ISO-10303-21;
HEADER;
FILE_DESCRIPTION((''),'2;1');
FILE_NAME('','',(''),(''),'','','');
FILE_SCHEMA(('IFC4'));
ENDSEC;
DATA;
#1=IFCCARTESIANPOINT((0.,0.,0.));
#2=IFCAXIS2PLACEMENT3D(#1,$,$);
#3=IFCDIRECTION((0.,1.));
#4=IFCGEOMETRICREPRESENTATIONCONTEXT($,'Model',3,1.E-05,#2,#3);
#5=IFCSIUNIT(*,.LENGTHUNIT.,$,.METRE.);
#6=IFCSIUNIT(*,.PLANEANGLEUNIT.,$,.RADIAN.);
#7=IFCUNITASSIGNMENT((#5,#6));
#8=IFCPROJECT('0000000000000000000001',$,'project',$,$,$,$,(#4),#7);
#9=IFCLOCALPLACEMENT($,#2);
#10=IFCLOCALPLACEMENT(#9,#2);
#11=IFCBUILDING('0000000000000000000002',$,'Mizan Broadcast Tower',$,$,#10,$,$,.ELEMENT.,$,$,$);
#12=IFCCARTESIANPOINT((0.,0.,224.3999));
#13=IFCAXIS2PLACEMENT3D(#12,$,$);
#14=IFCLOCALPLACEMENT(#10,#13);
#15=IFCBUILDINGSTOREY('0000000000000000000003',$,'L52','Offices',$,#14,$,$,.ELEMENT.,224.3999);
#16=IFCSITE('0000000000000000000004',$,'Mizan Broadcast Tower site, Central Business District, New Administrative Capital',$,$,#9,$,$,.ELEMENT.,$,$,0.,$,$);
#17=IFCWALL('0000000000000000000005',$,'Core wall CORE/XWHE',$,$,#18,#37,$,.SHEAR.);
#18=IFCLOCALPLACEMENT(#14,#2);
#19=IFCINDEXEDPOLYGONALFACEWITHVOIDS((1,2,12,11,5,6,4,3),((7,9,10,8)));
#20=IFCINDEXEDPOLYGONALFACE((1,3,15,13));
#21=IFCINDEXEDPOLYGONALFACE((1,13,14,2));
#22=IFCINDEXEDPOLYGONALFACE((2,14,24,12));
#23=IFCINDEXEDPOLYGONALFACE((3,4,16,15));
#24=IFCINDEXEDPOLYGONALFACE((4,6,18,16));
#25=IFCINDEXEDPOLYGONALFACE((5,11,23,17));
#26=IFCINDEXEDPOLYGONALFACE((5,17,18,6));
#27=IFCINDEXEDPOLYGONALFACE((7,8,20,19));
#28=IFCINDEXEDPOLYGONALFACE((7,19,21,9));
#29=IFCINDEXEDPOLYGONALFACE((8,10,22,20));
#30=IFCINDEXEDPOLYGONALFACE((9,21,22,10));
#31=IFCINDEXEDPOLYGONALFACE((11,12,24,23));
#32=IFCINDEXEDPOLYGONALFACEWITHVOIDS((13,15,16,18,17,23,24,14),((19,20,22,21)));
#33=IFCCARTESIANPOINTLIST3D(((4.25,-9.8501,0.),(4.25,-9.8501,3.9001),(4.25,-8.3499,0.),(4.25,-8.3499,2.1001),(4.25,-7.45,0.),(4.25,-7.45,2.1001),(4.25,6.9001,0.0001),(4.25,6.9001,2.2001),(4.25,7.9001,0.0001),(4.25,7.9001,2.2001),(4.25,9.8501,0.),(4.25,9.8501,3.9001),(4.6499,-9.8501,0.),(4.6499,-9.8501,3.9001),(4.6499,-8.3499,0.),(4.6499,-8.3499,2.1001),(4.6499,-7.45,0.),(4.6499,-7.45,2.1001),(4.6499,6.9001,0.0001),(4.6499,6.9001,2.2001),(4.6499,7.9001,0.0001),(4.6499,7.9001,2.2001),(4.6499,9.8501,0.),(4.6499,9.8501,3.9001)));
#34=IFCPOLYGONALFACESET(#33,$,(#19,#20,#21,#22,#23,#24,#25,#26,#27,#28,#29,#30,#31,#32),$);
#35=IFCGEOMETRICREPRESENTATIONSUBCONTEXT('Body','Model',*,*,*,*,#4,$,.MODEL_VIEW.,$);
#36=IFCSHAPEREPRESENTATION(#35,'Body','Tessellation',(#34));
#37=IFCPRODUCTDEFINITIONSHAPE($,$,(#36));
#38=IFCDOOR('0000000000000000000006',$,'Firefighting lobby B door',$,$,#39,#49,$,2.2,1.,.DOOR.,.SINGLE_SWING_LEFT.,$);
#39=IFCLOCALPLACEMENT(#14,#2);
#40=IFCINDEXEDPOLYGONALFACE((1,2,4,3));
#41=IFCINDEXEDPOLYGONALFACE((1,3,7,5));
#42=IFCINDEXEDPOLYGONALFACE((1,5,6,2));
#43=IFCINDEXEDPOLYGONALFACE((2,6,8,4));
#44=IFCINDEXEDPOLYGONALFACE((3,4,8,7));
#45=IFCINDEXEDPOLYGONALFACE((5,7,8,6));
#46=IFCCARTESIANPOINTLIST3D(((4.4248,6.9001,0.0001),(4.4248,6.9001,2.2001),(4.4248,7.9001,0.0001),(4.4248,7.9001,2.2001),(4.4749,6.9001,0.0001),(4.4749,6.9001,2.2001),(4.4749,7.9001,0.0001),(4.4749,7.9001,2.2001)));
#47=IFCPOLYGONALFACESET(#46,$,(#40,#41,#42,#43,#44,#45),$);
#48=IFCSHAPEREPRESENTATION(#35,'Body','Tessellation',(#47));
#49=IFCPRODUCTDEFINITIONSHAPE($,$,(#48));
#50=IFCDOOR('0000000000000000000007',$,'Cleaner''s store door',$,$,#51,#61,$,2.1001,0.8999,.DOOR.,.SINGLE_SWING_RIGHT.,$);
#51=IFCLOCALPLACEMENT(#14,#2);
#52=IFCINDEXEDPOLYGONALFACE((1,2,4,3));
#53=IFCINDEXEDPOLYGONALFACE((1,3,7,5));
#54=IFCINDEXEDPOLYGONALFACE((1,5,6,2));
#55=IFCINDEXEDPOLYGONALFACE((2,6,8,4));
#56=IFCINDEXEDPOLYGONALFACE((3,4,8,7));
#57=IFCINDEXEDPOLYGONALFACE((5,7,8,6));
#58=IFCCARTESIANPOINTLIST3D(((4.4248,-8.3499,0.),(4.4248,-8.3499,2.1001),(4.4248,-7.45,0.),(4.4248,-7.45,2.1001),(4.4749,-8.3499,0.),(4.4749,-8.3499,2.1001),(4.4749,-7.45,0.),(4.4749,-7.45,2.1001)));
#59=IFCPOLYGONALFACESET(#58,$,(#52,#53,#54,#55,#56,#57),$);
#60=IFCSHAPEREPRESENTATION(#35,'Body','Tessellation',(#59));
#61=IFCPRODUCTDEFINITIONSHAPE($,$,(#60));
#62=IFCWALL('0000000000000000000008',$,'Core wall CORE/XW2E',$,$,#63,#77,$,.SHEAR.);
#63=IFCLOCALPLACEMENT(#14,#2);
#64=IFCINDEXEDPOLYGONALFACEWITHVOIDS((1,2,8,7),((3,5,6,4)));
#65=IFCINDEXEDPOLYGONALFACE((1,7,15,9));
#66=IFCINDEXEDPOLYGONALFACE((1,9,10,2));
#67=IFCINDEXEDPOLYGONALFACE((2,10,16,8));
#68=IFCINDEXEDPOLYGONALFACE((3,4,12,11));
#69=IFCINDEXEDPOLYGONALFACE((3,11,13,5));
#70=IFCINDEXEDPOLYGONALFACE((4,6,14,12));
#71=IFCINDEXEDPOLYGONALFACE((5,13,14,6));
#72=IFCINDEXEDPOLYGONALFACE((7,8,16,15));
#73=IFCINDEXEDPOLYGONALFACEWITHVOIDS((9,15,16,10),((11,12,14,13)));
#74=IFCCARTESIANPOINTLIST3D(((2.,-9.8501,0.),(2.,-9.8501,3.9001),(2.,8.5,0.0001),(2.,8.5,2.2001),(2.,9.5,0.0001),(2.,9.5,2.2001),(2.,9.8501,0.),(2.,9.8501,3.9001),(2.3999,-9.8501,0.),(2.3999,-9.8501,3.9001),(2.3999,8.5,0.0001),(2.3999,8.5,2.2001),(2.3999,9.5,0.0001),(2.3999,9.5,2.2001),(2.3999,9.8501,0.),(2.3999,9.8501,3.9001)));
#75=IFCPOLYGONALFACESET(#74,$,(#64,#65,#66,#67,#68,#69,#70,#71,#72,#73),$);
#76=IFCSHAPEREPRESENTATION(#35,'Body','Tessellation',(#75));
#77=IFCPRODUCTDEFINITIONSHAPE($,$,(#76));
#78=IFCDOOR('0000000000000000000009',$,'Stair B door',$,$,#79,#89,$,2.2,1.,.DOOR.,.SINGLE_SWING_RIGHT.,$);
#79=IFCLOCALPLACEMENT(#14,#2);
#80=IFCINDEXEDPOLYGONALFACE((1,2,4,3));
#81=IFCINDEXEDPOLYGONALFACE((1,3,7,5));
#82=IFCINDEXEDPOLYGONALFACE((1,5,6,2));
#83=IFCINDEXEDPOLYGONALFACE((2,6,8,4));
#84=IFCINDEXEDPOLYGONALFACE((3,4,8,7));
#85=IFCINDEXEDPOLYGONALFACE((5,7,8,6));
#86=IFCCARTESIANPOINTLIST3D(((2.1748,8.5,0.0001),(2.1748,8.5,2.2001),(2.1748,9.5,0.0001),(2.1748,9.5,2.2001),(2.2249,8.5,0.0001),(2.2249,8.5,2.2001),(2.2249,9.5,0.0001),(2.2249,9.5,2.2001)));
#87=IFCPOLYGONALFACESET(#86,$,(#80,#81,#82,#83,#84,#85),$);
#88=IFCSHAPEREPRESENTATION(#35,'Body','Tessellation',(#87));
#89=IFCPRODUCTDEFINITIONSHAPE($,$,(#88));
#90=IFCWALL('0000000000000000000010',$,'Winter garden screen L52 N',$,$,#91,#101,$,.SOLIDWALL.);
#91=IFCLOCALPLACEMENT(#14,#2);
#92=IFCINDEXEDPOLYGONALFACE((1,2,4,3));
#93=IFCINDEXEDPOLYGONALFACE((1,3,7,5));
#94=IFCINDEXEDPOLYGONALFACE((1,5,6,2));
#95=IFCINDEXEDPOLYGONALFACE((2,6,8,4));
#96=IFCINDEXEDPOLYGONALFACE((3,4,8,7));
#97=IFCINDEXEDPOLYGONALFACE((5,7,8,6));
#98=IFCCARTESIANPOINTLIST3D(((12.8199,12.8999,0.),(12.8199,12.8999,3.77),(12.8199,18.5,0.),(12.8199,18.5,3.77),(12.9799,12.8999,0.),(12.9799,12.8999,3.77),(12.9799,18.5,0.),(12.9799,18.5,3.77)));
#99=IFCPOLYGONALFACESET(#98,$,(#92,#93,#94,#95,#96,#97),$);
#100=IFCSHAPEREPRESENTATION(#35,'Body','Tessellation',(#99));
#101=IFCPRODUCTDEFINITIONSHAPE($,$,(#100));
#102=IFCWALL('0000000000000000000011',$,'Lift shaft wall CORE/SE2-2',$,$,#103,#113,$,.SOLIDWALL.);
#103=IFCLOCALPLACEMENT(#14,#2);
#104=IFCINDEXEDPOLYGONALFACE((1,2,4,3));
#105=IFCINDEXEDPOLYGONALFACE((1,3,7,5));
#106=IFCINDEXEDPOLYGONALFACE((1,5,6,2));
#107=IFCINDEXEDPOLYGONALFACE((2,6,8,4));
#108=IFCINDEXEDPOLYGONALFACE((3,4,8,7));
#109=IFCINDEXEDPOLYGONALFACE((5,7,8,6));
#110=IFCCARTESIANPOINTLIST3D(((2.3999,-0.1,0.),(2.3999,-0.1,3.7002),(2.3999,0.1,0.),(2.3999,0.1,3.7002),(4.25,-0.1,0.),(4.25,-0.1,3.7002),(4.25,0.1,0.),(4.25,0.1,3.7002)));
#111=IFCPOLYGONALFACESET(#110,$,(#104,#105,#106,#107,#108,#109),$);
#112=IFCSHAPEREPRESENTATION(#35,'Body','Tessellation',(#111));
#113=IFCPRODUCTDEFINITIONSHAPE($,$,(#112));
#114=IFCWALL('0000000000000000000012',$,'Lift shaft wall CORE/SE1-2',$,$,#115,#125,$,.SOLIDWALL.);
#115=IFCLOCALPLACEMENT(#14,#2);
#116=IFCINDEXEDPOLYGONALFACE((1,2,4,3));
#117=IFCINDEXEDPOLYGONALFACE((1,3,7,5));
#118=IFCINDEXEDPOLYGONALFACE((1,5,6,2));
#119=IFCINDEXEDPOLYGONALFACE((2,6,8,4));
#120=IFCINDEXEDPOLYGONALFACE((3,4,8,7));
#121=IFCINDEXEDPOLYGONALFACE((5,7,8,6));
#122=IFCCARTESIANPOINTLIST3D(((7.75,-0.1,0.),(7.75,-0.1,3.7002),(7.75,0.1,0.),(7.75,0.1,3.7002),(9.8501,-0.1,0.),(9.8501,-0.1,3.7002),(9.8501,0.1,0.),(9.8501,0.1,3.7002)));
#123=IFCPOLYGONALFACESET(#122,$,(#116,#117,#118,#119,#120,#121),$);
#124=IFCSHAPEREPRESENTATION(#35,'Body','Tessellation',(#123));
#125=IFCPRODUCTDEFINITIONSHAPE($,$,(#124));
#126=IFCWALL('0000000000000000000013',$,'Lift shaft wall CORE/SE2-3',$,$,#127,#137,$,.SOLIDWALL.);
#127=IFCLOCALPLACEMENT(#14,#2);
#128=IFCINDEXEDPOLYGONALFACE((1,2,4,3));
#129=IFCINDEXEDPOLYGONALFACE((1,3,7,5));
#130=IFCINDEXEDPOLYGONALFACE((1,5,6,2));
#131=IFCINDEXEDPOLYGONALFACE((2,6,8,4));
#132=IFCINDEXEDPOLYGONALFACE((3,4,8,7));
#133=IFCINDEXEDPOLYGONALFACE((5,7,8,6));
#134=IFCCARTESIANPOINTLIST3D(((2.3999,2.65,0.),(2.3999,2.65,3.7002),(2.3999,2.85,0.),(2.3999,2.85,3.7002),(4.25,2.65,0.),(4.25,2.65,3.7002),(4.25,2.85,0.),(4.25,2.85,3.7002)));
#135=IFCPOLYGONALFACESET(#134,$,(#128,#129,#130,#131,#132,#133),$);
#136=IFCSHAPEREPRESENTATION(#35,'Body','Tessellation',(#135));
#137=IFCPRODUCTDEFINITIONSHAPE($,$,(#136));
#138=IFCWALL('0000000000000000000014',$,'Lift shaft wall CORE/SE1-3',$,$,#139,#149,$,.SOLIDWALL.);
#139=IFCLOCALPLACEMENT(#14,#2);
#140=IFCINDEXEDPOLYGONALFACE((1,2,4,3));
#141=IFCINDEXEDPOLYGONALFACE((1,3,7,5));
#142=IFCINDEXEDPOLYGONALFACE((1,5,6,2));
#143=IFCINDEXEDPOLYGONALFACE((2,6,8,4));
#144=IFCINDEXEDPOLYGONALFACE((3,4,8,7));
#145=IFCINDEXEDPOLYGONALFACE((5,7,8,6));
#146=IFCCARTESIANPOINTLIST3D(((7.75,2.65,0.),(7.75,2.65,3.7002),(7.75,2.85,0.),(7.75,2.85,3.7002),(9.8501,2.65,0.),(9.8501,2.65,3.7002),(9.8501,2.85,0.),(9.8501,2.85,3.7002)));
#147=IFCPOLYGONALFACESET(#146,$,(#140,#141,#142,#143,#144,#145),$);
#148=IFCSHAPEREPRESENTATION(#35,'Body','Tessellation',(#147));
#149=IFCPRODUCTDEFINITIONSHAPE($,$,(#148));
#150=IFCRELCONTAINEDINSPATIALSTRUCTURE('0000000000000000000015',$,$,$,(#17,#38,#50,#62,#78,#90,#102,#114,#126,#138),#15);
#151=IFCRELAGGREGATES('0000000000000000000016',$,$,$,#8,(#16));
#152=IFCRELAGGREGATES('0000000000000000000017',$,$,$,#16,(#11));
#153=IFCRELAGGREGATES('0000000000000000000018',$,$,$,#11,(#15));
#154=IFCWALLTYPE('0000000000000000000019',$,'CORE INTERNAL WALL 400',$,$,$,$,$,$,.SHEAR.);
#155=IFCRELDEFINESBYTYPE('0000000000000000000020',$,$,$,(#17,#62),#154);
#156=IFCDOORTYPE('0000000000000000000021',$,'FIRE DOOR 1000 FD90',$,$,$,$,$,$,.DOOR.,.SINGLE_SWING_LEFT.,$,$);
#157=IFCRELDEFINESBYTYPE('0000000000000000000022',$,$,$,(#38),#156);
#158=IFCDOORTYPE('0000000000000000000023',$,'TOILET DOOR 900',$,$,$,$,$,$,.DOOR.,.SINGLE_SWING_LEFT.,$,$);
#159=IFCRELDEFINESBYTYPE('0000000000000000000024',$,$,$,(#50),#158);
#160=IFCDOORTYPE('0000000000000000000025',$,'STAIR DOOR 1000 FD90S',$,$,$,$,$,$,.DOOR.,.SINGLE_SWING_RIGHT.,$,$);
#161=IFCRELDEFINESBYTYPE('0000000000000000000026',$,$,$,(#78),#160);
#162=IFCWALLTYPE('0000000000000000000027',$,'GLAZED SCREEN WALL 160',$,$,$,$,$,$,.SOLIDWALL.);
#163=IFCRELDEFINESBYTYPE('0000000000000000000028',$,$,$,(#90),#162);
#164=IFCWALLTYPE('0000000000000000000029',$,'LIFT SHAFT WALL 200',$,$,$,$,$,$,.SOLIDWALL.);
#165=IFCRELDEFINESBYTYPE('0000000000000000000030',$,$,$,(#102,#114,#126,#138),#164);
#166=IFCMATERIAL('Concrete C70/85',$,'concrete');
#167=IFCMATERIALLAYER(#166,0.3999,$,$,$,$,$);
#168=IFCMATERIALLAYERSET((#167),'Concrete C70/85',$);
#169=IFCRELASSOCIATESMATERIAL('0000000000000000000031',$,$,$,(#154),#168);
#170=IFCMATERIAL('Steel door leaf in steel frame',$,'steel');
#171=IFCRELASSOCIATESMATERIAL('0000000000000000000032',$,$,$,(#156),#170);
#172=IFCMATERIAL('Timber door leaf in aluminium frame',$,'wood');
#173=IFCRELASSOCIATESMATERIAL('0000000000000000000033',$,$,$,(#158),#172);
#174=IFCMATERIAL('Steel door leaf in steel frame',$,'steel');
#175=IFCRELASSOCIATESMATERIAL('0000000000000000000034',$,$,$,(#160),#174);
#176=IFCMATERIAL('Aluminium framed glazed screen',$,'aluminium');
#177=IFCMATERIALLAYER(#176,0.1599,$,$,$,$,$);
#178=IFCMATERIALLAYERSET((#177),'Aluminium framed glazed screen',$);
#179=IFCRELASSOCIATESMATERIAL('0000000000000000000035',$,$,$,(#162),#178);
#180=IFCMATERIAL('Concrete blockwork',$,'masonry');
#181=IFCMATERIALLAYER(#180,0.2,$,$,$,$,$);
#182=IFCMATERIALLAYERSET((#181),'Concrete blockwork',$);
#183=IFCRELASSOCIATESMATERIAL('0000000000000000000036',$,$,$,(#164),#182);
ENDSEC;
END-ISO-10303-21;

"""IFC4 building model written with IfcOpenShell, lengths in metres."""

from ifc_helpers import new_model, si_unit, direction, frame, frame_2d, origin, place, context, subcontext, project, spatial, rectangle, extrude, material, layer, layer_set, type_object, element, fill, save


model = new_model("IFC4")

# Units and contexts
model_context = context("Model", 3, precision=1e-05, world=origin(), true_north=direction((0.0, 1.0)))
body_context = subcontext(model_context, "Body", "Model", "MODEL_VIEW")
ifc_project = project(units=[si_unit("LENGTHUNIT", "METRE"), si_unit("PLANEANGLEUNIT", "RADIAN")], contexts=[model_context])

# Site, building, storey
site_placement = place(None, origin())
site = spatial("IfcSite", under=ifc_project, at=site_placement, Name="Mizan Broadcast Tower site, Central Business District, New Administrative Capital", CompositionType="ELEMENT", RefElevation=0.0)
building_placement = place(site_placement, origin())
building = spatial("IfcBuilding", under=site, at=building_placement, Name="Mizan Broadcast Tower", CompositionType="ELEMENT")
storey_placement = place(building_placement, frame((0.0, 0.0, 224.3999)))
storey = spatial("IfcBuildingStorey", under=building, at=storey_placement, Name="L52", Description="Offices", CompositionType="ELEMENT", Elevation=224.3999)

# Wall, openings, doors
ifc_material_1 = material(Name="Concrete C70/85", Category="concrete")
ifc_layer_1 = layer(ifc_material_1, 0.3999)
ifc_layer_set_1 = layer_set([ifc_layer_1], Name="Concrete C70/85")
wall_type_1 = type_object("IfcWallType", Name="CORE INTERNAL WALL 400", PredefinedType="SHEAR", material=ifc_layer_set_1)
ifc_material_2 = material(Name="Steel door leaf in steel frame", Category="steel")
door_type_1 = type_object("IfcDoorType", Name="FIRE DOOR 1000 FD90", OperationType="SINGLE_SWING_LEFT", PredefinedType="DOOR", material=ifc_material_2)
ifc_material_3 = material(Name="Timber door leaf in aluminium frame", Category="wood")
door_type_2 = type_object("IfcDoorType", Name="TOILET DOOR 900", OperationType="SINGLE_SWING_LEFT", PredefinedType="DOOR", material=ifc_material_3)
wall_1_placement = place(storey_placement, frame((4.45, 9.8501, 0.0), z_axis=(0.0, 0.0, 1.0), x_axis=(0.0, -1.0, 0.0)))
wall_1 = element("IfcWall", 1, at=wall_1_placement, inside=storey, type_object=wall_type_1, Name="Core wall CORE/XWHE", PredefinedType="SHEAR", context=body_context, shape_type="SweptSolid", body=[
    extrude(rectangle(XDim=19.7002, YDim=0.3999, at=frame_2d((9.8501, 0.0))), origin(), (0.0, 0.0, 1.0), 3.9001),
])
opening_1_placement = place(wall_1_placement, frame((1.95, 0.0, 0.0)))
opening_1 = element("IfcOpeningElement", 2, at=opening_1_placement, cuts=wall_1, PredefinedType="OPENING", context=body_context, shape_type="SweptSolid", body=[
    extrude(rectangle(XDim=1.0, YDim=2.2, at=frame_2d((0.5, 1.1001))), frame((0.0, 0.21, 0.0), z_axis=(0.0, -1.0, 0.0), x_axis=(1.0, 0.0, 0.0)), (0.0, 0.0, 1.0), 0.4199),
])
opening_2_placement = place(wall_1_placement, frame((17.3, 0.0, 0.0)))
opening_2 = element("IfcOpeningElement", 3, at=opening_2_placement, cuts=wall_1, PredefinedType="OPENING", context=body_context, shape_type="SweptSolid", body=[
    extrude(rectangle(XDim=0.8999, YDim=2.1001, at=frame_2d((0.45, 1.05))), frame((0.0, 0.21, 0.0), z_axis=(0.0, -1.0, 0.0), x_axis=(1.0, 0.0, 0.0)), (0.0, 0.0, 1.0), 0.4199),
])
door_1_placement = place(opening_1_placement, origin())
door_1 = element("IfcDoor", 4, at=door_1_placement, inside=storey, type_object=door_type_1, Name="Firefighting lobby B door", OperationType="SINGLE_SWING_LEFT", OverallHeight=2.2, OverallWidth=1.0, PredefinedType="DOOR", context=body_context, shape_type="SweptSolid", body=[
    extrude(rectangle(XDim=1.0, YDim=2.2, at=frame_2d((0.5, 1.1001))), frame((0.0, 0.0249, 0.0), z_axis=(0.0, -1.0, 0.0), x_axis=(1.0, 0.0, 0.0)), (0.0, 0.0, 1.0), 0.05),
])
fill(opening_1, door_1)
door_2_placement = place(opening_2_placement, origin())
door_2 = element("IfcDoor", 5, at=door_2_placement, inside=storey, type_object=door_type_2, Name="Cleaner's store door", OperationType="SINGLE_SWING_RIGHT", OverallHeight=2.1001, OverallWidth=0.8999, PredefinedType="DOOR", context=body_context, shape_type="SweptSolid", body=[
    extrude(rectangle(XDim=0.8999, YDim=2.1001, at=frame_2d((0.45, 1.05))), frame((0.0, 0.0249, 0.0), z_axis=(0.0, -1.0, 0.0), x_axis=(1.0, 0.0, 0.0)), (0.0, 0.0, 1.0), 0.05),
])
fill(opening_2, door_2)

# Wall, opening, door
wall_2_placement = place(storey_placement, frame((2.2, 9.8501, 0.0), z_axis=(0.0, 0.0, 1.0), x_axis=(0.0, -1.0, 0.0)))
wall_2 = element("IfcWall", 6, at=wall_2_placement, inside=storey, type_object=wall_type_1, Name="Core wall CORE/XW2E", PredefinedType="SHEAR", context=body_context, shape_type="SweptSolid", body=[
    extrude(rectangle(XDim=19.7002, YDim=0.3999, at=frame_2d((9.8501, 0.0))), origin(), (0.0, 0.0, 1.0), 3.9001),
])
opening_3_placement = place(wall_2_placement, frame((0.3501, 0.0, 0.0)))
opening_3 = element("IfcOpeningElement", 7, at=opening_3_placement, cuts=wall_2, PredefinedType="OPENING", context=body_context, shape_type="SweptSolid", body=[
    extrude(rectangle(XDim=1.0, YDim=2.2, at=frame_2d((0.5, 1.1001))), frame((0.0, 0.21, 0.0), z_axis=(0.0, -1.0, 0.0), x_axis=(1.0, 0.0, 0.0)), (0.0, 0.0, 1.0), 0.4199),
])
ifc_material_4 = material(Name="Steel door leaf in steel frame", Category="steel")
door_type_3 = type_object("IfcDoorType", Name="STAIR DOOR 1000 FD90S", OperationType="SINGLE_SWING_RIGHT", PredefinedType="DOOR", material=ifc_material_4)
door_3_placement = place(opening_3_placement, origin())
door_3 = element("IfcDoor", 8, at=door_3_placement, inside=storey, type_object=door_type_3, Name="Stair B door", OperationType="SINGLE_SWING_RIGHT", OverallHeight=2.2, OverallWidth=1.0, PredefinedType="DOOR", context=body_context, shape_type="SweptSolid", body=[
    extrude(rectangle(XDim=1.0, YDim=2.2, at=frame_2d((0.5, 1.1001))), frame((0.0, 0.0249, 0.0), z_axis=(0.0, -1.0, 0.0), x_axis=(1.0, 0.0, 0.0)), (0.0, 0.0, 1.0), 0.05),
])
fill(opening_3, door_3)

# Walls
ifc_material_5 = material(Name="Aluminium framed glazed screen", Category="aluminium")
ifc_layer_2 = layer(ifc_material_5, 0.1599)
ifc_layer_set_2 = layer_set([ifc_layer_2], Name="Aluminium framed glazed screen")
wall_type_2 = type_object("IfcWallType", Name="GLAZED SCREEN WALL 160", PredefinedType="SOLIDWALL", material=ifc_layer_set_2)
wall_3_placement = place(storey_placement, frame((12.8999, 12.8999, 0.0), z_axis=(0.0, 0.0, 1.0), x_axis=(0.0, 1.0, 0.0)))
element("IfcWall", 9, at=wall_3_placement, inside=storey, type_object=wall_type_2, Name="Winter garden screen L52 N", PredefinedType="SOLIDWALL", context=body_context, shape_type="SweptSolid", body=[
    extrude(rectangle(XDim=5.6001, YDim=0.1599, at=frame_2d((2.8, 0.0))), origin(), (0.0, 0.0, 1.0), 3.77),
])
ifc_material_6 = material(Name="Concrete blockwork", Category="masonry")
ifc_layer_3 = layer(ifc_material_6, 0.2)
ifc_layer_set_3 = layer_set([ifc_layer_3], Name="Concrete blockwork")
wall_type_3 = type_object("IfcWallType", Name="LIFT SHAFT WALL 200", PredefinedType="SOLIDWALL", material=ifc_layer_set_3)
wall_4_placement = place(storey_placement, frame((2.3999, 0.0, 0.0), z_axis=(0.0, 0.0, 1.0), x_axis=(1.0, 0.0, 0.0)))
element("IfcWall", 10, at=wall_4_placement, inside=storey, type_object=wall_type_3, Name="Lift shaft wall CORE/SE2-2", PredefinedType="SOLIDWALL", context=body_context, shape_type="SweptSolid", body=[
    extrude(rectangle(XDim=1.8501, YDim=0.2, at=frame_2d((0.925, 0.0))), origin(), (0.0, 0.0, 1.0), 3.7002),
])
wall_5_placement = place(storey_placement, frame((7.75, 0.0, 0.0), z_axis=(0.0, 0.0, 1.0), x_axis=(1.0, 0.0, 0.0)))
element("IfcWall", 11, at=wall_5_placement, inside=storey, type_object=wall_type_3, Name="Lift shaft wall CORE/SE1-2", PredefinedType="SOLIDWALL", context=body_context, shape_type="SweptSolid", body=[
    extrude(rectangle(XDim=2.1001, YDim=0.2, at=frame_2d((1.05, 0.0))), origin(), (0.0, 0.0, 1.0), 3.7002),
])
wall_6_placement = place(storey_placement, frame((2.3999, 2.75, 0.0), z_axis=(0.0, 0.0, 1.0), x_axis=(1.0, 0.0, 0.0)))
element("IfcWall", 12, at=wall_6_placement, inside=storey, type_object=wall_type_3, Name="Lift shaft wall CORE/SE2-3", PredefinedType="SOLIDWALL", context=body_context, shape_type="SweptSolid", body=[
    extrude(rectangle(XDim=1.8501, YDim=0.2, at=frame_2d((0.925, 0.0))), origin(), (0.0, 0.0, 1.0), 3.7002),
])
wall_7_placement = place(storey_placement, frame((7.75, 2.75, 0.0), z_axis=(0.0, 0.0, 1.0), x_axis=(1.0, 0.0, 0.0)))
element("IfcWall", 13, at=wall_7_placement, inside=storey, type_object=wall_type_3, Name="Lift shaft wall CORE/SE1-3", PredefinedType="SOLIDWALL", context=body_context, shape_type="SweptSolid", body=[
    extrude(rectangle(XDim=2.1001, YDim=0.2, at=frame_2d((1.05, 0.0))), origin(), (0.0, 0.0, 1.0), 3.7002),
])

save(model, "model.ifc")
